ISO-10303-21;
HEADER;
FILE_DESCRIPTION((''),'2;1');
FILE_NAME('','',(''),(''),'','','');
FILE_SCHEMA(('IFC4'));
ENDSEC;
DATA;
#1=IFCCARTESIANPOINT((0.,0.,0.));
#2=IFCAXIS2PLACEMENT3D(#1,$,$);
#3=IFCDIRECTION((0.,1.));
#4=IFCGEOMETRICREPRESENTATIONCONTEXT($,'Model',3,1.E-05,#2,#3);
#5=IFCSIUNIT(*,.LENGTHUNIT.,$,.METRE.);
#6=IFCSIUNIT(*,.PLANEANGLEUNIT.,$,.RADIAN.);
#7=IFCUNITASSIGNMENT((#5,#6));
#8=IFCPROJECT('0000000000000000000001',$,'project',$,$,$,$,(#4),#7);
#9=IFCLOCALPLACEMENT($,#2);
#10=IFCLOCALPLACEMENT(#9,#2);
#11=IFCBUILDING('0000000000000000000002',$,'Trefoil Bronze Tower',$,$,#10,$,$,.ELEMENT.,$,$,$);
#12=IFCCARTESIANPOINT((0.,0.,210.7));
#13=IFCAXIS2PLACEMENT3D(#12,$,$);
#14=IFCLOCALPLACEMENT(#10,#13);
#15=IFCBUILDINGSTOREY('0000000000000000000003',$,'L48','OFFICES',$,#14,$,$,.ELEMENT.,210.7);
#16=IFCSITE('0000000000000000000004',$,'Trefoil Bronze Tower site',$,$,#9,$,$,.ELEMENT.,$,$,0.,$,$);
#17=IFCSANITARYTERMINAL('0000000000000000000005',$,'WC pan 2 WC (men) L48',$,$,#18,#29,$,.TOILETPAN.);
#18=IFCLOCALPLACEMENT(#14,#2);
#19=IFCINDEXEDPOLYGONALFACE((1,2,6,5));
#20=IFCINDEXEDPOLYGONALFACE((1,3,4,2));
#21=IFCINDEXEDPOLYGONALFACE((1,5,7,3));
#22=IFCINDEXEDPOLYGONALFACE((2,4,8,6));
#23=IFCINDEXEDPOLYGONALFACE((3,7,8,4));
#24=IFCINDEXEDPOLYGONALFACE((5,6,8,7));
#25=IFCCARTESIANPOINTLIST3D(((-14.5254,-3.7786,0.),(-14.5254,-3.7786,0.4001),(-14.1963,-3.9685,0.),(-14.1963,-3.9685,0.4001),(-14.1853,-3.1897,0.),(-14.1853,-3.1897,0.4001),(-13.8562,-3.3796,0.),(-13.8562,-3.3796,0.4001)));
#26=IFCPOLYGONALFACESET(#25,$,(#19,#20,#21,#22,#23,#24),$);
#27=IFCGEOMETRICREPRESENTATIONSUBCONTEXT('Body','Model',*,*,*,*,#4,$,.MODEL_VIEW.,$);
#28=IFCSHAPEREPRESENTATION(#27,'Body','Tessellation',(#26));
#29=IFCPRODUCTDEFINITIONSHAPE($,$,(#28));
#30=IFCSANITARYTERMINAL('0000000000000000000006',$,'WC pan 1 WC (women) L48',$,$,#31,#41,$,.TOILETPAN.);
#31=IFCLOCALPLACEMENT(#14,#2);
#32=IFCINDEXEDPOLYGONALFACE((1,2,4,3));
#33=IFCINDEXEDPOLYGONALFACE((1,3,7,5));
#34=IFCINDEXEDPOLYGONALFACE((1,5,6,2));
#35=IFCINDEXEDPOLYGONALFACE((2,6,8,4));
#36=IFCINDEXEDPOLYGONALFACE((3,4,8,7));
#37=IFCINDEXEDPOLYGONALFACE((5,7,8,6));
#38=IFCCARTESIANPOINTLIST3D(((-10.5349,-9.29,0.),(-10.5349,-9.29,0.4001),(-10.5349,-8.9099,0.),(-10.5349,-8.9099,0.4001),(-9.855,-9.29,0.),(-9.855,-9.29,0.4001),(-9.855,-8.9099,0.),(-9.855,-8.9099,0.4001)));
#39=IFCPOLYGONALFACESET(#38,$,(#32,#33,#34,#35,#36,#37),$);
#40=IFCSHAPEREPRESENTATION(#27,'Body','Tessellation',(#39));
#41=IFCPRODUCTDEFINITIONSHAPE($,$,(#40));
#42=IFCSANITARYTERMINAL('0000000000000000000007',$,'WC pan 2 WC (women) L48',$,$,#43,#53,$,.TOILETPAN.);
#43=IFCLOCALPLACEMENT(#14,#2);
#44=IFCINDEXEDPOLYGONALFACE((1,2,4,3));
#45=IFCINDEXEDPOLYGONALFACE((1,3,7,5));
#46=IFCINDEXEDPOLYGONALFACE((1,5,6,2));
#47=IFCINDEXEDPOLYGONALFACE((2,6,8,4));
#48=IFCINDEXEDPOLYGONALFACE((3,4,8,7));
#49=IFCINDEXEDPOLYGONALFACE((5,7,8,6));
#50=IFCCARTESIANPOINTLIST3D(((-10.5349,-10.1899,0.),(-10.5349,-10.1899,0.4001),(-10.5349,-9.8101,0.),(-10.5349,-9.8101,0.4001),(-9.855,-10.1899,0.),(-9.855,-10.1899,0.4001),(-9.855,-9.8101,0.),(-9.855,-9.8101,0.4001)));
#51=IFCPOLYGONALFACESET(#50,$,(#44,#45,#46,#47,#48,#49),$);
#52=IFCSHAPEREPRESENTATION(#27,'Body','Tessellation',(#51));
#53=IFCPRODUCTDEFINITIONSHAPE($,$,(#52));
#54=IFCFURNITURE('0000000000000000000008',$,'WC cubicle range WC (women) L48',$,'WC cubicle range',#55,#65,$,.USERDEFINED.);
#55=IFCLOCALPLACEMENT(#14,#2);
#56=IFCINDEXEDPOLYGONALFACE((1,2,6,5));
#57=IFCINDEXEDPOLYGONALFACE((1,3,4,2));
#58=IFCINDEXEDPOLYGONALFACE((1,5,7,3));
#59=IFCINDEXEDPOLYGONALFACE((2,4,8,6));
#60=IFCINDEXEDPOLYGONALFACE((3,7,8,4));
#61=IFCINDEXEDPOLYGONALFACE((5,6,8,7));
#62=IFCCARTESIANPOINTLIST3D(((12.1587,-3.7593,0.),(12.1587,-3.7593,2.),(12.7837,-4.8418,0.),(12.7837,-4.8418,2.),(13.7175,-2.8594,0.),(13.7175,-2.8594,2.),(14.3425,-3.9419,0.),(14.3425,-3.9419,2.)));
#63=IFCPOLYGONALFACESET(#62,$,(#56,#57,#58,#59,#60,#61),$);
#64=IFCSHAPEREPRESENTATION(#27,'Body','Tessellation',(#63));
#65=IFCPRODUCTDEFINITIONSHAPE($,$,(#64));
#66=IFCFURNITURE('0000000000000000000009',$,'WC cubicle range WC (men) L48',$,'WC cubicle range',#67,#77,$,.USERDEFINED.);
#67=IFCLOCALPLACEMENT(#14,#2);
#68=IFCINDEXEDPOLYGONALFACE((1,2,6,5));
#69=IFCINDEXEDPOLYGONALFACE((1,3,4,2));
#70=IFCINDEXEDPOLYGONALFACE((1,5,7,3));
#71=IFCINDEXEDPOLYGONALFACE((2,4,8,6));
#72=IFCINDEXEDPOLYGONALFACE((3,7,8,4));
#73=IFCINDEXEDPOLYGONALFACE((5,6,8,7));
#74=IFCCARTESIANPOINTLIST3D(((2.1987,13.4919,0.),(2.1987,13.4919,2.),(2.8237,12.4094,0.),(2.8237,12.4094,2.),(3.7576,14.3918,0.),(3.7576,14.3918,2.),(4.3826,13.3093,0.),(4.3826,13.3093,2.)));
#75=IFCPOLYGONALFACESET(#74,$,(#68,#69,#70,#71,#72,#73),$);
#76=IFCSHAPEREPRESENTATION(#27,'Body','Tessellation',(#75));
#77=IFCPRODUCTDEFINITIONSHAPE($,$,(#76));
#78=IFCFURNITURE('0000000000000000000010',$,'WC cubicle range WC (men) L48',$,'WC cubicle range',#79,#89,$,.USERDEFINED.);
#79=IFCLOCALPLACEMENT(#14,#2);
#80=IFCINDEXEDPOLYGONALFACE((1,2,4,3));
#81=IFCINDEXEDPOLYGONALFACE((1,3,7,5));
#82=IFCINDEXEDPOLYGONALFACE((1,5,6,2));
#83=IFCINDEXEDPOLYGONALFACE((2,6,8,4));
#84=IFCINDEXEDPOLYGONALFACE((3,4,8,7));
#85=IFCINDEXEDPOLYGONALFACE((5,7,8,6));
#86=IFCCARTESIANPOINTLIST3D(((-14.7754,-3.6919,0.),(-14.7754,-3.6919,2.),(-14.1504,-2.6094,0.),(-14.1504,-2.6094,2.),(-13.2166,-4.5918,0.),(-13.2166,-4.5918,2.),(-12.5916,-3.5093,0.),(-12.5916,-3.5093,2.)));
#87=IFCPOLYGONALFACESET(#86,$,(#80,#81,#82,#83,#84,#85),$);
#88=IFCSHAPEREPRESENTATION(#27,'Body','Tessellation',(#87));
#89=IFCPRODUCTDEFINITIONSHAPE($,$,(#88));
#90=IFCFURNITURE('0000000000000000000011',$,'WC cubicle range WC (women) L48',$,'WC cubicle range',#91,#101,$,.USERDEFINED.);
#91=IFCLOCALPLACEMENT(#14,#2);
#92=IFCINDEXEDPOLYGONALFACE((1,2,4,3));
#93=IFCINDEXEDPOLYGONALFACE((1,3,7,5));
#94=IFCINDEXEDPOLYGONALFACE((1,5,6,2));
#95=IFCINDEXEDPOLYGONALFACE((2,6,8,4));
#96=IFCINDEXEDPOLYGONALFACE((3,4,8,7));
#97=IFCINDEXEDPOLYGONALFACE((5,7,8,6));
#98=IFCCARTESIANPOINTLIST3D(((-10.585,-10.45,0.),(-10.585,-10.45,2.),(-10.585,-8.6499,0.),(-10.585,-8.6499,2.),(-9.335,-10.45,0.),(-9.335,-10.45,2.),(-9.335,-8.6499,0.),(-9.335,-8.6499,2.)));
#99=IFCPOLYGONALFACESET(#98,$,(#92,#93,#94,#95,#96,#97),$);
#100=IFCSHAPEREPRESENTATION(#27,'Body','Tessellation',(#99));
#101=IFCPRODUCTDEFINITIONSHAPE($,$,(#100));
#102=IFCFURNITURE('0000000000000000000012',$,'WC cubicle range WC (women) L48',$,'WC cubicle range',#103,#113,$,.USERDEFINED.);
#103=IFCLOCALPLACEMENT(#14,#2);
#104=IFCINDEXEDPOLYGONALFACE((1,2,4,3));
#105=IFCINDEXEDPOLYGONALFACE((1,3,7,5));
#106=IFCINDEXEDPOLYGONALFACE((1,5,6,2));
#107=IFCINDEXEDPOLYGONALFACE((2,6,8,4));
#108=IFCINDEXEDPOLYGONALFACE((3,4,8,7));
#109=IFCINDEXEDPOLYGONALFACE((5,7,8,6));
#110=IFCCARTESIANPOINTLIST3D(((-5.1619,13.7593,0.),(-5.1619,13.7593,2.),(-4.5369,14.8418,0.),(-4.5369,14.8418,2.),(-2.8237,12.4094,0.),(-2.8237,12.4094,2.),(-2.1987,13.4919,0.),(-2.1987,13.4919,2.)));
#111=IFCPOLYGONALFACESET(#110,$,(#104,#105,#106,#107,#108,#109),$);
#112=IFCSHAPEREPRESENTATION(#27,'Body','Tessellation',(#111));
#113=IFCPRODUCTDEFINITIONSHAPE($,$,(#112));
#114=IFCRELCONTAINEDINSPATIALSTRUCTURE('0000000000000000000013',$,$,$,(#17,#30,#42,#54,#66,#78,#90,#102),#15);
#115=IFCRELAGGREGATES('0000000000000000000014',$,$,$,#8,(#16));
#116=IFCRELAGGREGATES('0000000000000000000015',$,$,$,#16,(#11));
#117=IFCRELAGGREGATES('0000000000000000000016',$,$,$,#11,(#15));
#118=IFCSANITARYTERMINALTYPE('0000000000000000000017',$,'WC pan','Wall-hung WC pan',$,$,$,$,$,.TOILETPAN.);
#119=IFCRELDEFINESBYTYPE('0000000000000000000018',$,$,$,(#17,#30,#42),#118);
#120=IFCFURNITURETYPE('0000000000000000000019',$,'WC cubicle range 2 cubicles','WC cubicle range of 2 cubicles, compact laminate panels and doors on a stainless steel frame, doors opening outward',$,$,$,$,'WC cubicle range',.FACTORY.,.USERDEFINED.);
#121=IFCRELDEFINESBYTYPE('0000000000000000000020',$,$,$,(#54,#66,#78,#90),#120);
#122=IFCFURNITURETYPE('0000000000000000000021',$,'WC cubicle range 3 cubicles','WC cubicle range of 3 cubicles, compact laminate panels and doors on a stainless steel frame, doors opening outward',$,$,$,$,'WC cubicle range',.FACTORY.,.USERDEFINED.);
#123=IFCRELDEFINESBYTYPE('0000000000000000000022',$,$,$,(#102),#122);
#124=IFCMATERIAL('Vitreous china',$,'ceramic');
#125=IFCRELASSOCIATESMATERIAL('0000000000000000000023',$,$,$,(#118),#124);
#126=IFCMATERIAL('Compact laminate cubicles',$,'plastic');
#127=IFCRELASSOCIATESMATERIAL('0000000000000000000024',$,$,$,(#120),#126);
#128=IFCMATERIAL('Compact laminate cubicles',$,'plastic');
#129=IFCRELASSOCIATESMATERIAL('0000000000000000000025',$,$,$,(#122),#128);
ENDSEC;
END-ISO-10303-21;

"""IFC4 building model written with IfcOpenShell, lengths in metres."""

from ifc_helpers import new_model, si_unit, direction, frame, origin, place, context, subcontext, project, spatial, polyline, outline, extrude, material, type_object, element, save


model = new_model("IFC4")

# Units and contexts
model_context = context("Model", 3, precision=1e-05, world=origin(), true_north=direction((0.0, 1.0)))
body_context = subcontext(model_context, "Body", "Model", "MODEL_VIEW")
ifc_project = project(units=[si_unit("LENGTHUNIT", "METRE"), si_unit("PLANEANGLEUNIT", "RADIAN")], contexts=[model_context])

# Site, building, storey
site_placement = place(None, origin())
site = spatial("IfcSite", under=ifc_project, at=site_placement, Name="Trefoil Bronze Tower site", CompositionType="ELEMENT", RefElevation=0.0)
building_placement = place(site_placement, origin())
building = spatial("IfcBuilding", under=site, at=building_placement, Name="Trefoil Bronze Tower", CompositionType="ELEMENT")
storey_placement = place(building_placement, frame((0.0, 0.0, 210.7)))
storey = spatial("IfcBuildingStorey", under=building, at=storey_placement, Name="L48", Description="OFFICES", CompositionType="ELEMENT", Elevation=210.7)

# Sanitary terminals
ifc_material_1 = material(Name="Vitreous china", Category="ceramic")
sanitary_terminal_type_1 = type_object("IfcSanitaryTerminalType", Name="WC pan", Description="Wall-hung WC pan", PredefinedType="TOILETPAN", material=ifc_material_1)
sanitary_terminal_1_placement = place(storey_placement, origin())
element("IfcSanitaryTerminal", 1, at=sanitary_terminal_1_placement, inside=storey, type_object=sanitary_terminal_type_1, Name="WC pan 2 WC (men) L48", PredefinedType="TOILETPAN", context=body_context, shape_type="SweptSolid", body=[
    extrude(outline(polyline([(-13.8562, -3.3796), (-14.1963, -3.9685), (-14.5254, -3.7786), (-14.1853, -3.1897), (-13.8562, -3.3796)])), origin(), (0.0, 0.0, 1.0), 0.4001),
])
sanitary_terminal_2_placement = place(storey_placement, origin())
element("IfcSanitaryTerminal", 2, at=sanitary_terminal_2_placement, inside=storey, type_object=sanitary_terminal_type_1, Name="WC pan 1 WC (women) L48", PredefinedType="TOILETPAN", context=body_context, shape_type="SweptSolid", body=[
    extrude(outline(polyline([(-9.855, -8.9099), (-10.5349, -8.9099), (-10.5349, -9.29), (-9.855, -9.29), (-9.855, -8.9099)])), origin(), (0.0, 0.0, 1.0), 0.4001),
])
sanitary_terminal_3_placement = place(storey_placement, origin())
element("IfcSanitaryTerminal", 3, at=sanitary_terminal_3_placement, inside=storey, type_object=sanitary_terminal_type_1, Name="WC pan 2 WC (women) L48", PredefinedType="TOILETPAN", context=body_context, shape_type="SweptSolid", body=[
    extrude(outline(polyline([(-9.855, -9.8101), (-10.5349, -9.8101), (-10.5349, -10.1899), (-9.855, -10.1899), (-9.855, -9.8101)])), origin(), (0.0, 0.0, 1.0), 0.4001),
])

# Furniture
ifc_material_2 = material(Name="Compact laminate cubicles", Category="plastic")
furniture_type_1 = type_object("IfcFurnitureType", Name="WC cubicle range 2 cubicles", Description="WC cubicle range of 2 cubicles, compact laminate panels and doors on a stainless steel frame, doors opening outward", ElementType="WC cubicle range", AssemblyPlace="FACTORY", PredefinedType="USERDEFINED", material=ifc_material_2)
furniture_1_placement = place(storey_placement, origin())
element("IfcFurniture", 4, at=furniture_1_placement, inside=storey, type_object=furniture_type_1, Name="WC cubicle range WC (women) L48", ObjectType="WC cubicle range", PredefinedType="USERDEFINED", context=body_context, shape_type="SweptSolid", body=[
    extrude(outline(polyline([(12.1587, -3.7593), (12.7837, -4.8418), (14.3425, -3.9419), (13.7175, -2.8594), (12.1587, -3.7593)])), origin(), (0.0, 0.0, 1.0), 2.0),
])
furniture_2_placement = place(storey_placement, origin())
element("IfcFurniture", 5, at=furniture_2_placement, inside=storey, type_object=furniture_type_1, Name="WC cubicle range WC (men) L48", ObjectType="WC cubicle range", PredefinedType="USERDEFINED", context=body_context, shape_type="SweptSolid", body=[
    extrude(outline(polyline([(2.8237, 12.4094), (2.1987, 13.4919), (3.7576, 14.3918), (4.3826, 13.3093), (2.8237, 12.4094)])), origin(), (0.0, 0.0, 1.0), 2.0),
])
furniture_3_placement = place(storey_placement, origin())
element("IfcFurniture", 6, at=furniture_3_placement, inside=storey, type_object=furniture_type_1, Name="WC cubicle range WC (men) L48", ObjectType="WC cubicle range", PredefinedType="USERDEFINED", context=body_context, shape_type="SweptSolid", body=[
    extrude(outline(polyline([(-12.5916, -3.5093), (-13.2166, -4.5918), (-14.7754, -3.6919), (-14.1504, -2.6094), (-12.5916, -3.5093)])), origin(), (0.0, 0.0, 1.0), 2.0),
])
furniture_4_placement = place(storey_placement, origin())
element("IfcFurniture", 7, at=furniture_4_placement, inside=storey, type_object=furniture_type_1, Name="WC cubicle range WC (women) L48", ObjectType="WC cubicle range", PredefinedType="USERDEFINED", context=body_context, shape_type="SweptSolid", body=[
    extrude(outline(polyline([(-9.335, -8.6499), (-10.585, -8.6499), (-10.585, -10.45), (-9.335, -10.45), (-9.335, -8.6499)])), origin(), (0.0, 0.0, 1.0), 2.0),
])
ifc_material_3 = material(Name="Compact laminate cubicles", Category="plastic")
furniture_type_2 = type_object("IfcFurnitureType", Name="WC cubicle range 3 cubicles", Description="WC cubicle range of 3 cubicles, compact laminate panels and doors on a stainless steel frame, doors opening outward", ElementType="WC cubicle range", AssemblyPlace="FACTORY", PredefinedType="USERDEFINED", material=ifc_material_3)
furniture_5_placement = place(storey_placement, origin())
element("IfcFurniture", 8, at=furniture_5_placement, inside=storey, type_object=furniture_type_2, Name="WC cubicle range WC (women) L48", ObjectType="WC cubicle range", PredefinedType="USERDEFINED", context=body_context, shape_type="SweptSolid", body=[
    extrude(outline(polyline([(-2.8237, 12.4094), (-2.1987, 13.4919), (-4.5369, 14.8418), (-5.1619, 13.7593), (-2.8237, 12.4094)])), origin(), (0.0, 0.0, 1.0), 2.0),
])

save(model, "model.ifc")
